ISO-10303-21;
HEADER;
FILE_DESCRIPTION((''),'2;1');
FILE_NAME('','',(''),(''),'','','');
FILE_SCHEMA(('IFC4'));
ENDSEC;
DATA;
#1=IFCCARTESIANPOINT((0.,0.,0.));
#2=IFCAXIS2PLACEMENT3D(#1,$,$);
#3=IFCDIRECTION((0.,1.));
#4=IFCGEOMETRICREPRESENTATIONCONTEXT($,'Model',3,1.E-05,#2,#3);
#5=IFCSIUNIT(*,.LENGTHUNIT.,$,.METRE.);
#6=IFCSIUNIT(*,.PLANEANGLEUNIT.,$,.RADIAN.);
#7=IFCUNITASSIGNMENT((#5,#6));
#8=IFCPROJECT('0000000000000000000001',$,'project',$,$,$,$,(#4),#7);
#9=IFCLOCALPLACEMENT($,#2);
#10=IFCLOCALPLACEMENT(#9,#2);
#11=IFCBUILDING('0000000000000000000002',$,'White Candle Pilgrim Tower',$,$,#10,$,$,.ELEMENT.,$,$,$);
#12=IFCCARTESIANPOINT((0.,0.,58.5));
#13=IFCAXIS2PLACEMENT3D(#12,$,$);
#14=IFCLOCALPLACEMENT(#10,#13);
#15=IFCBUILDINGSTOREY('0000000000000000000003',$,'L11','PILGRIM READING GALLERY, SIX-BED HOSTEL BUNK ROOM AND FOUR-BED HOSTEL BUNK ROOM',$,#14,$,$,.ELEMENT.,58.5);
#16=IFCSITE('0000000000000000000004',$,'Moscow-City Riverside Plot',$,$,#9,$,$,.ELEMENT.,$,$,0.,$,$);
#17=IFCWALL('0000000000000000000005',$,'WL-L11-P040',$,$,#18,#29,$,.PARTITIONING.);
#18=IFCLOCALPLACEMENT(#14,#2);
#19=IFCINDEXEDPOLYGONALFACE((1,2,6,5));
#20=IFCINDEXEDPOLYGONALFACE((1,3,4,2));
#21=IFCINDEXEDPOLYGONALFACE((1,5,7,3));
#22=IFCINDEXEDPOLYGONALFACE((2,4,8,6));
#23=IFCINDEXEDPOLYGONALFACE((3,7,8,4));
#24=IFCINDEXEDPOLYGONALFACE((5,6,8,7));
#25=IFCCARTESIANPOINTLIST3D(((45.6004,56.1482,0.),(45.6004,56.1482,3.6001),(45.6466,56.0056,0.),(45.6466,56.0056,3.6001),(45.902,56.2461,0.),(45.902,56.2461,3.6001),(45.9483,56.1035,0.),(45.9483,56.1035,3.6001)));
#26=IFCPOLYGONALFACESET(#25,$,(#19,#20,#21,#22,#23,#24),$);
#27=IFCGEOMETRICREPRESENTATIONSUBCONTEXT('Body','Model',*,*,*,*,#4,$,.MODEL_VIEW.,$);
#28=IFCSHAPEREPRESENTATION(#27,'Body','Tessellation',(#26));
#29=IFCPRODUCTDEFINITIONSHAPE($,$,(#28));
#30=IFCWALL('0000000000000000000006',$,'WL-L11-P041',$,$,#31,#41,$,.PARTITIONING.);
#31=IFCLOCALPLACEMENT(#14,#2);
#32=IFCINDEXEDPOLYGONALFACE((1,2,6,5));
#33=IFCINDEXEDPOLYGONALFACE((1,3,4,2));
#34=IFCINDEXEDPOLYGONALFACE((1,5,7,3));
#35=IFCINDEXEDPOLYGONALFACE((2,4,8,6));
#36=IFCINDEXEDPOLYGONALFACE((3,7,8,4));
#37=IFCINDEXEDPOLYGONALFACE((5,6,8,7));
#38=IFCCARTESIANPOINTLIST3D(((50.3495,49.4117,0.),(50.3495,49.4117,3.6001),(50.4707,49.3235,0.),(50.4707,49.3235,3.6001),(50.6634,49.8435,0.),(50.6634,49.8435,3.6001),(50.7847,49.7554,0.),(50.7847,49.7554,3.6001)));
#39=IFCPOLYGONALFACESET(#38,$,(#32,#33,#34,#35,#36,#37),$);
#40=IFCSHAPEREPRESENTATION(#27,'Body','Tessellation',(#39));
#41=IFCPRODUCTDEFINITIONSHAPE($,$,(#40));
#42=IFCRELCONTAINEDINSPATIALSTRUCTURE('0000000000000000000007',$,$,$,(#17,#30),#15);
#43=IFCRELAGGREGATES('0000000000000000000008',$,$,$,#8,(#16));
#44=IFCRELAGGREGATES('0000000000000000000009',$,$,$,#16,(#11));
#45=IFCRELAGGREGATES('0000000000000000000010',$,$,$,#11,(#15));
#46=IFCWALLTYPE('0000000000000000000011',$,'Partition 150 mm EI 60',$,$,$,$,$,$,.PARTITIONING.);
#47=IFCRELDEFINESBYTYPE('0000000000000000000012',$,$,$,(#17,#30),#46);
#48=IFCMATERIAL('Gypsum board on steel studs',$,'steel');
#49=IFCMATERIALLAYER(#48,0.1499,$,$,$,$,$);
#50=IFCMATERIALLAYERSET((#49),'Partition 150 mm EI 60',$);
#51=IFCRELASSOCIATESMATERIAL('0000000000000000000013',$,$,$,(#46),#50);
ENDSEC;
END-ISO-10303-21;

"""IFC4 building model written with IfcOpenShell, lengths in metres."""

from ifc_helpers import new_model, si_unit, direction, frame, frame_2d, origin, place, context, subcontext, project, spatial, rectangle, extrude, material, layer, layer_set, type_object, element, save


model = new_model("IFC4")

# Units and contexts
model_context = context("Model", 3, precision=1e-05, world=origin(), true_north=direction((0.0, 1.0)))
body_context = subcontext(model_context, "Body", "Model", "MODEL_VIEW")
ifc_project = project(units=[si_unit("LENGTHUNIT", "METRE"), si_unit("PLANEANGLEUNIT", "RADIAN")], contexts=[model_context])

# Site, building, storey
site_placement = place(None, origin())
site = spatial("IfcSite", under=ifc_project, at=site_placement, Name="Moscow-City Riverside Plot", CompositionType="ELEMENT", RefElevation=0.0)
building_placement = place(site_placement, origin())
building = spatial("IfcBuilding", under=site, at=building_placement, Name="White Candle Pilgrim Tower", CompositionType="ELEMENT")
storey_placement = place(building_placement, frame((0.0, 0.0, 58.5)))
storey = spatial("IfcBuildingStorey", under=building, at=storey_placement, Name="L11", Description="PILGRIM READING GALLERY, SIX-BED HOSTEL BUNK ROOM AND FOUR-BED HOSTEL BUNK ROOM", CompositionType="ELEMENT", Elevation=58.5)

# Shared definitions
ifc_material_1 = material(Name="Gypsum board on steel studs", Category="steel")

# Walls
ifc_layer_1 = layer(ifc_material_1, 0.1499)
ifc_layer_set_1 = layer_set([ifc_layer_1], Name="Partition 150 mm EI 60")
wall_type_1 = type_object("IfcWallType", Name="Partition 150 mm EI 60", PredefinedType="PARTITIONING", material=ifc_layer_set_1)
wall_1_placement = place(storey_placement, frame((45.9253, 56.1748, 0.0), z_axis=(0.0, 0.0, 1.0), x_axis=(-0.951192, -0.308599, 0.0)))
element("IfcWall", 1, at=wall_1_placement, inside=storey, type_object=wall_type_1, Name="WL-L11-P040", PredefinedType="PARTITIONING", context=body_context, shape_type="SweptSolid", body=[
    extrude(rectangle(XDim=0.3171, YDim=0.1499, at=frame_2d((0.1587, 0.0))), origin(), (0.0, 0.0, 1.0), 3.6001),
])
wall_2_placement = place(storey_placement, frame((50.7241, 49.7996, 0.0), z_axis=(0.0, 0.0, 1.0), x_axis=(-0.588009, -0.808855, 0.0)))
element("IfcWall", 2, at=wall_2_placement, inside=storey, type_object=wall_type_1, Name="WL-L11-P041", PredefinedType="PARTITIONING", context=body_context, shape_type="SweptSolid", body=[
    extrude(rectangle(XDim=0.5339, YDim=0.1499, at=frame_2d((0.2671, 0.0))), origin(), (0.0, 0.0, 1.0), 3.6001),
])

save(model, "model.ifc")
